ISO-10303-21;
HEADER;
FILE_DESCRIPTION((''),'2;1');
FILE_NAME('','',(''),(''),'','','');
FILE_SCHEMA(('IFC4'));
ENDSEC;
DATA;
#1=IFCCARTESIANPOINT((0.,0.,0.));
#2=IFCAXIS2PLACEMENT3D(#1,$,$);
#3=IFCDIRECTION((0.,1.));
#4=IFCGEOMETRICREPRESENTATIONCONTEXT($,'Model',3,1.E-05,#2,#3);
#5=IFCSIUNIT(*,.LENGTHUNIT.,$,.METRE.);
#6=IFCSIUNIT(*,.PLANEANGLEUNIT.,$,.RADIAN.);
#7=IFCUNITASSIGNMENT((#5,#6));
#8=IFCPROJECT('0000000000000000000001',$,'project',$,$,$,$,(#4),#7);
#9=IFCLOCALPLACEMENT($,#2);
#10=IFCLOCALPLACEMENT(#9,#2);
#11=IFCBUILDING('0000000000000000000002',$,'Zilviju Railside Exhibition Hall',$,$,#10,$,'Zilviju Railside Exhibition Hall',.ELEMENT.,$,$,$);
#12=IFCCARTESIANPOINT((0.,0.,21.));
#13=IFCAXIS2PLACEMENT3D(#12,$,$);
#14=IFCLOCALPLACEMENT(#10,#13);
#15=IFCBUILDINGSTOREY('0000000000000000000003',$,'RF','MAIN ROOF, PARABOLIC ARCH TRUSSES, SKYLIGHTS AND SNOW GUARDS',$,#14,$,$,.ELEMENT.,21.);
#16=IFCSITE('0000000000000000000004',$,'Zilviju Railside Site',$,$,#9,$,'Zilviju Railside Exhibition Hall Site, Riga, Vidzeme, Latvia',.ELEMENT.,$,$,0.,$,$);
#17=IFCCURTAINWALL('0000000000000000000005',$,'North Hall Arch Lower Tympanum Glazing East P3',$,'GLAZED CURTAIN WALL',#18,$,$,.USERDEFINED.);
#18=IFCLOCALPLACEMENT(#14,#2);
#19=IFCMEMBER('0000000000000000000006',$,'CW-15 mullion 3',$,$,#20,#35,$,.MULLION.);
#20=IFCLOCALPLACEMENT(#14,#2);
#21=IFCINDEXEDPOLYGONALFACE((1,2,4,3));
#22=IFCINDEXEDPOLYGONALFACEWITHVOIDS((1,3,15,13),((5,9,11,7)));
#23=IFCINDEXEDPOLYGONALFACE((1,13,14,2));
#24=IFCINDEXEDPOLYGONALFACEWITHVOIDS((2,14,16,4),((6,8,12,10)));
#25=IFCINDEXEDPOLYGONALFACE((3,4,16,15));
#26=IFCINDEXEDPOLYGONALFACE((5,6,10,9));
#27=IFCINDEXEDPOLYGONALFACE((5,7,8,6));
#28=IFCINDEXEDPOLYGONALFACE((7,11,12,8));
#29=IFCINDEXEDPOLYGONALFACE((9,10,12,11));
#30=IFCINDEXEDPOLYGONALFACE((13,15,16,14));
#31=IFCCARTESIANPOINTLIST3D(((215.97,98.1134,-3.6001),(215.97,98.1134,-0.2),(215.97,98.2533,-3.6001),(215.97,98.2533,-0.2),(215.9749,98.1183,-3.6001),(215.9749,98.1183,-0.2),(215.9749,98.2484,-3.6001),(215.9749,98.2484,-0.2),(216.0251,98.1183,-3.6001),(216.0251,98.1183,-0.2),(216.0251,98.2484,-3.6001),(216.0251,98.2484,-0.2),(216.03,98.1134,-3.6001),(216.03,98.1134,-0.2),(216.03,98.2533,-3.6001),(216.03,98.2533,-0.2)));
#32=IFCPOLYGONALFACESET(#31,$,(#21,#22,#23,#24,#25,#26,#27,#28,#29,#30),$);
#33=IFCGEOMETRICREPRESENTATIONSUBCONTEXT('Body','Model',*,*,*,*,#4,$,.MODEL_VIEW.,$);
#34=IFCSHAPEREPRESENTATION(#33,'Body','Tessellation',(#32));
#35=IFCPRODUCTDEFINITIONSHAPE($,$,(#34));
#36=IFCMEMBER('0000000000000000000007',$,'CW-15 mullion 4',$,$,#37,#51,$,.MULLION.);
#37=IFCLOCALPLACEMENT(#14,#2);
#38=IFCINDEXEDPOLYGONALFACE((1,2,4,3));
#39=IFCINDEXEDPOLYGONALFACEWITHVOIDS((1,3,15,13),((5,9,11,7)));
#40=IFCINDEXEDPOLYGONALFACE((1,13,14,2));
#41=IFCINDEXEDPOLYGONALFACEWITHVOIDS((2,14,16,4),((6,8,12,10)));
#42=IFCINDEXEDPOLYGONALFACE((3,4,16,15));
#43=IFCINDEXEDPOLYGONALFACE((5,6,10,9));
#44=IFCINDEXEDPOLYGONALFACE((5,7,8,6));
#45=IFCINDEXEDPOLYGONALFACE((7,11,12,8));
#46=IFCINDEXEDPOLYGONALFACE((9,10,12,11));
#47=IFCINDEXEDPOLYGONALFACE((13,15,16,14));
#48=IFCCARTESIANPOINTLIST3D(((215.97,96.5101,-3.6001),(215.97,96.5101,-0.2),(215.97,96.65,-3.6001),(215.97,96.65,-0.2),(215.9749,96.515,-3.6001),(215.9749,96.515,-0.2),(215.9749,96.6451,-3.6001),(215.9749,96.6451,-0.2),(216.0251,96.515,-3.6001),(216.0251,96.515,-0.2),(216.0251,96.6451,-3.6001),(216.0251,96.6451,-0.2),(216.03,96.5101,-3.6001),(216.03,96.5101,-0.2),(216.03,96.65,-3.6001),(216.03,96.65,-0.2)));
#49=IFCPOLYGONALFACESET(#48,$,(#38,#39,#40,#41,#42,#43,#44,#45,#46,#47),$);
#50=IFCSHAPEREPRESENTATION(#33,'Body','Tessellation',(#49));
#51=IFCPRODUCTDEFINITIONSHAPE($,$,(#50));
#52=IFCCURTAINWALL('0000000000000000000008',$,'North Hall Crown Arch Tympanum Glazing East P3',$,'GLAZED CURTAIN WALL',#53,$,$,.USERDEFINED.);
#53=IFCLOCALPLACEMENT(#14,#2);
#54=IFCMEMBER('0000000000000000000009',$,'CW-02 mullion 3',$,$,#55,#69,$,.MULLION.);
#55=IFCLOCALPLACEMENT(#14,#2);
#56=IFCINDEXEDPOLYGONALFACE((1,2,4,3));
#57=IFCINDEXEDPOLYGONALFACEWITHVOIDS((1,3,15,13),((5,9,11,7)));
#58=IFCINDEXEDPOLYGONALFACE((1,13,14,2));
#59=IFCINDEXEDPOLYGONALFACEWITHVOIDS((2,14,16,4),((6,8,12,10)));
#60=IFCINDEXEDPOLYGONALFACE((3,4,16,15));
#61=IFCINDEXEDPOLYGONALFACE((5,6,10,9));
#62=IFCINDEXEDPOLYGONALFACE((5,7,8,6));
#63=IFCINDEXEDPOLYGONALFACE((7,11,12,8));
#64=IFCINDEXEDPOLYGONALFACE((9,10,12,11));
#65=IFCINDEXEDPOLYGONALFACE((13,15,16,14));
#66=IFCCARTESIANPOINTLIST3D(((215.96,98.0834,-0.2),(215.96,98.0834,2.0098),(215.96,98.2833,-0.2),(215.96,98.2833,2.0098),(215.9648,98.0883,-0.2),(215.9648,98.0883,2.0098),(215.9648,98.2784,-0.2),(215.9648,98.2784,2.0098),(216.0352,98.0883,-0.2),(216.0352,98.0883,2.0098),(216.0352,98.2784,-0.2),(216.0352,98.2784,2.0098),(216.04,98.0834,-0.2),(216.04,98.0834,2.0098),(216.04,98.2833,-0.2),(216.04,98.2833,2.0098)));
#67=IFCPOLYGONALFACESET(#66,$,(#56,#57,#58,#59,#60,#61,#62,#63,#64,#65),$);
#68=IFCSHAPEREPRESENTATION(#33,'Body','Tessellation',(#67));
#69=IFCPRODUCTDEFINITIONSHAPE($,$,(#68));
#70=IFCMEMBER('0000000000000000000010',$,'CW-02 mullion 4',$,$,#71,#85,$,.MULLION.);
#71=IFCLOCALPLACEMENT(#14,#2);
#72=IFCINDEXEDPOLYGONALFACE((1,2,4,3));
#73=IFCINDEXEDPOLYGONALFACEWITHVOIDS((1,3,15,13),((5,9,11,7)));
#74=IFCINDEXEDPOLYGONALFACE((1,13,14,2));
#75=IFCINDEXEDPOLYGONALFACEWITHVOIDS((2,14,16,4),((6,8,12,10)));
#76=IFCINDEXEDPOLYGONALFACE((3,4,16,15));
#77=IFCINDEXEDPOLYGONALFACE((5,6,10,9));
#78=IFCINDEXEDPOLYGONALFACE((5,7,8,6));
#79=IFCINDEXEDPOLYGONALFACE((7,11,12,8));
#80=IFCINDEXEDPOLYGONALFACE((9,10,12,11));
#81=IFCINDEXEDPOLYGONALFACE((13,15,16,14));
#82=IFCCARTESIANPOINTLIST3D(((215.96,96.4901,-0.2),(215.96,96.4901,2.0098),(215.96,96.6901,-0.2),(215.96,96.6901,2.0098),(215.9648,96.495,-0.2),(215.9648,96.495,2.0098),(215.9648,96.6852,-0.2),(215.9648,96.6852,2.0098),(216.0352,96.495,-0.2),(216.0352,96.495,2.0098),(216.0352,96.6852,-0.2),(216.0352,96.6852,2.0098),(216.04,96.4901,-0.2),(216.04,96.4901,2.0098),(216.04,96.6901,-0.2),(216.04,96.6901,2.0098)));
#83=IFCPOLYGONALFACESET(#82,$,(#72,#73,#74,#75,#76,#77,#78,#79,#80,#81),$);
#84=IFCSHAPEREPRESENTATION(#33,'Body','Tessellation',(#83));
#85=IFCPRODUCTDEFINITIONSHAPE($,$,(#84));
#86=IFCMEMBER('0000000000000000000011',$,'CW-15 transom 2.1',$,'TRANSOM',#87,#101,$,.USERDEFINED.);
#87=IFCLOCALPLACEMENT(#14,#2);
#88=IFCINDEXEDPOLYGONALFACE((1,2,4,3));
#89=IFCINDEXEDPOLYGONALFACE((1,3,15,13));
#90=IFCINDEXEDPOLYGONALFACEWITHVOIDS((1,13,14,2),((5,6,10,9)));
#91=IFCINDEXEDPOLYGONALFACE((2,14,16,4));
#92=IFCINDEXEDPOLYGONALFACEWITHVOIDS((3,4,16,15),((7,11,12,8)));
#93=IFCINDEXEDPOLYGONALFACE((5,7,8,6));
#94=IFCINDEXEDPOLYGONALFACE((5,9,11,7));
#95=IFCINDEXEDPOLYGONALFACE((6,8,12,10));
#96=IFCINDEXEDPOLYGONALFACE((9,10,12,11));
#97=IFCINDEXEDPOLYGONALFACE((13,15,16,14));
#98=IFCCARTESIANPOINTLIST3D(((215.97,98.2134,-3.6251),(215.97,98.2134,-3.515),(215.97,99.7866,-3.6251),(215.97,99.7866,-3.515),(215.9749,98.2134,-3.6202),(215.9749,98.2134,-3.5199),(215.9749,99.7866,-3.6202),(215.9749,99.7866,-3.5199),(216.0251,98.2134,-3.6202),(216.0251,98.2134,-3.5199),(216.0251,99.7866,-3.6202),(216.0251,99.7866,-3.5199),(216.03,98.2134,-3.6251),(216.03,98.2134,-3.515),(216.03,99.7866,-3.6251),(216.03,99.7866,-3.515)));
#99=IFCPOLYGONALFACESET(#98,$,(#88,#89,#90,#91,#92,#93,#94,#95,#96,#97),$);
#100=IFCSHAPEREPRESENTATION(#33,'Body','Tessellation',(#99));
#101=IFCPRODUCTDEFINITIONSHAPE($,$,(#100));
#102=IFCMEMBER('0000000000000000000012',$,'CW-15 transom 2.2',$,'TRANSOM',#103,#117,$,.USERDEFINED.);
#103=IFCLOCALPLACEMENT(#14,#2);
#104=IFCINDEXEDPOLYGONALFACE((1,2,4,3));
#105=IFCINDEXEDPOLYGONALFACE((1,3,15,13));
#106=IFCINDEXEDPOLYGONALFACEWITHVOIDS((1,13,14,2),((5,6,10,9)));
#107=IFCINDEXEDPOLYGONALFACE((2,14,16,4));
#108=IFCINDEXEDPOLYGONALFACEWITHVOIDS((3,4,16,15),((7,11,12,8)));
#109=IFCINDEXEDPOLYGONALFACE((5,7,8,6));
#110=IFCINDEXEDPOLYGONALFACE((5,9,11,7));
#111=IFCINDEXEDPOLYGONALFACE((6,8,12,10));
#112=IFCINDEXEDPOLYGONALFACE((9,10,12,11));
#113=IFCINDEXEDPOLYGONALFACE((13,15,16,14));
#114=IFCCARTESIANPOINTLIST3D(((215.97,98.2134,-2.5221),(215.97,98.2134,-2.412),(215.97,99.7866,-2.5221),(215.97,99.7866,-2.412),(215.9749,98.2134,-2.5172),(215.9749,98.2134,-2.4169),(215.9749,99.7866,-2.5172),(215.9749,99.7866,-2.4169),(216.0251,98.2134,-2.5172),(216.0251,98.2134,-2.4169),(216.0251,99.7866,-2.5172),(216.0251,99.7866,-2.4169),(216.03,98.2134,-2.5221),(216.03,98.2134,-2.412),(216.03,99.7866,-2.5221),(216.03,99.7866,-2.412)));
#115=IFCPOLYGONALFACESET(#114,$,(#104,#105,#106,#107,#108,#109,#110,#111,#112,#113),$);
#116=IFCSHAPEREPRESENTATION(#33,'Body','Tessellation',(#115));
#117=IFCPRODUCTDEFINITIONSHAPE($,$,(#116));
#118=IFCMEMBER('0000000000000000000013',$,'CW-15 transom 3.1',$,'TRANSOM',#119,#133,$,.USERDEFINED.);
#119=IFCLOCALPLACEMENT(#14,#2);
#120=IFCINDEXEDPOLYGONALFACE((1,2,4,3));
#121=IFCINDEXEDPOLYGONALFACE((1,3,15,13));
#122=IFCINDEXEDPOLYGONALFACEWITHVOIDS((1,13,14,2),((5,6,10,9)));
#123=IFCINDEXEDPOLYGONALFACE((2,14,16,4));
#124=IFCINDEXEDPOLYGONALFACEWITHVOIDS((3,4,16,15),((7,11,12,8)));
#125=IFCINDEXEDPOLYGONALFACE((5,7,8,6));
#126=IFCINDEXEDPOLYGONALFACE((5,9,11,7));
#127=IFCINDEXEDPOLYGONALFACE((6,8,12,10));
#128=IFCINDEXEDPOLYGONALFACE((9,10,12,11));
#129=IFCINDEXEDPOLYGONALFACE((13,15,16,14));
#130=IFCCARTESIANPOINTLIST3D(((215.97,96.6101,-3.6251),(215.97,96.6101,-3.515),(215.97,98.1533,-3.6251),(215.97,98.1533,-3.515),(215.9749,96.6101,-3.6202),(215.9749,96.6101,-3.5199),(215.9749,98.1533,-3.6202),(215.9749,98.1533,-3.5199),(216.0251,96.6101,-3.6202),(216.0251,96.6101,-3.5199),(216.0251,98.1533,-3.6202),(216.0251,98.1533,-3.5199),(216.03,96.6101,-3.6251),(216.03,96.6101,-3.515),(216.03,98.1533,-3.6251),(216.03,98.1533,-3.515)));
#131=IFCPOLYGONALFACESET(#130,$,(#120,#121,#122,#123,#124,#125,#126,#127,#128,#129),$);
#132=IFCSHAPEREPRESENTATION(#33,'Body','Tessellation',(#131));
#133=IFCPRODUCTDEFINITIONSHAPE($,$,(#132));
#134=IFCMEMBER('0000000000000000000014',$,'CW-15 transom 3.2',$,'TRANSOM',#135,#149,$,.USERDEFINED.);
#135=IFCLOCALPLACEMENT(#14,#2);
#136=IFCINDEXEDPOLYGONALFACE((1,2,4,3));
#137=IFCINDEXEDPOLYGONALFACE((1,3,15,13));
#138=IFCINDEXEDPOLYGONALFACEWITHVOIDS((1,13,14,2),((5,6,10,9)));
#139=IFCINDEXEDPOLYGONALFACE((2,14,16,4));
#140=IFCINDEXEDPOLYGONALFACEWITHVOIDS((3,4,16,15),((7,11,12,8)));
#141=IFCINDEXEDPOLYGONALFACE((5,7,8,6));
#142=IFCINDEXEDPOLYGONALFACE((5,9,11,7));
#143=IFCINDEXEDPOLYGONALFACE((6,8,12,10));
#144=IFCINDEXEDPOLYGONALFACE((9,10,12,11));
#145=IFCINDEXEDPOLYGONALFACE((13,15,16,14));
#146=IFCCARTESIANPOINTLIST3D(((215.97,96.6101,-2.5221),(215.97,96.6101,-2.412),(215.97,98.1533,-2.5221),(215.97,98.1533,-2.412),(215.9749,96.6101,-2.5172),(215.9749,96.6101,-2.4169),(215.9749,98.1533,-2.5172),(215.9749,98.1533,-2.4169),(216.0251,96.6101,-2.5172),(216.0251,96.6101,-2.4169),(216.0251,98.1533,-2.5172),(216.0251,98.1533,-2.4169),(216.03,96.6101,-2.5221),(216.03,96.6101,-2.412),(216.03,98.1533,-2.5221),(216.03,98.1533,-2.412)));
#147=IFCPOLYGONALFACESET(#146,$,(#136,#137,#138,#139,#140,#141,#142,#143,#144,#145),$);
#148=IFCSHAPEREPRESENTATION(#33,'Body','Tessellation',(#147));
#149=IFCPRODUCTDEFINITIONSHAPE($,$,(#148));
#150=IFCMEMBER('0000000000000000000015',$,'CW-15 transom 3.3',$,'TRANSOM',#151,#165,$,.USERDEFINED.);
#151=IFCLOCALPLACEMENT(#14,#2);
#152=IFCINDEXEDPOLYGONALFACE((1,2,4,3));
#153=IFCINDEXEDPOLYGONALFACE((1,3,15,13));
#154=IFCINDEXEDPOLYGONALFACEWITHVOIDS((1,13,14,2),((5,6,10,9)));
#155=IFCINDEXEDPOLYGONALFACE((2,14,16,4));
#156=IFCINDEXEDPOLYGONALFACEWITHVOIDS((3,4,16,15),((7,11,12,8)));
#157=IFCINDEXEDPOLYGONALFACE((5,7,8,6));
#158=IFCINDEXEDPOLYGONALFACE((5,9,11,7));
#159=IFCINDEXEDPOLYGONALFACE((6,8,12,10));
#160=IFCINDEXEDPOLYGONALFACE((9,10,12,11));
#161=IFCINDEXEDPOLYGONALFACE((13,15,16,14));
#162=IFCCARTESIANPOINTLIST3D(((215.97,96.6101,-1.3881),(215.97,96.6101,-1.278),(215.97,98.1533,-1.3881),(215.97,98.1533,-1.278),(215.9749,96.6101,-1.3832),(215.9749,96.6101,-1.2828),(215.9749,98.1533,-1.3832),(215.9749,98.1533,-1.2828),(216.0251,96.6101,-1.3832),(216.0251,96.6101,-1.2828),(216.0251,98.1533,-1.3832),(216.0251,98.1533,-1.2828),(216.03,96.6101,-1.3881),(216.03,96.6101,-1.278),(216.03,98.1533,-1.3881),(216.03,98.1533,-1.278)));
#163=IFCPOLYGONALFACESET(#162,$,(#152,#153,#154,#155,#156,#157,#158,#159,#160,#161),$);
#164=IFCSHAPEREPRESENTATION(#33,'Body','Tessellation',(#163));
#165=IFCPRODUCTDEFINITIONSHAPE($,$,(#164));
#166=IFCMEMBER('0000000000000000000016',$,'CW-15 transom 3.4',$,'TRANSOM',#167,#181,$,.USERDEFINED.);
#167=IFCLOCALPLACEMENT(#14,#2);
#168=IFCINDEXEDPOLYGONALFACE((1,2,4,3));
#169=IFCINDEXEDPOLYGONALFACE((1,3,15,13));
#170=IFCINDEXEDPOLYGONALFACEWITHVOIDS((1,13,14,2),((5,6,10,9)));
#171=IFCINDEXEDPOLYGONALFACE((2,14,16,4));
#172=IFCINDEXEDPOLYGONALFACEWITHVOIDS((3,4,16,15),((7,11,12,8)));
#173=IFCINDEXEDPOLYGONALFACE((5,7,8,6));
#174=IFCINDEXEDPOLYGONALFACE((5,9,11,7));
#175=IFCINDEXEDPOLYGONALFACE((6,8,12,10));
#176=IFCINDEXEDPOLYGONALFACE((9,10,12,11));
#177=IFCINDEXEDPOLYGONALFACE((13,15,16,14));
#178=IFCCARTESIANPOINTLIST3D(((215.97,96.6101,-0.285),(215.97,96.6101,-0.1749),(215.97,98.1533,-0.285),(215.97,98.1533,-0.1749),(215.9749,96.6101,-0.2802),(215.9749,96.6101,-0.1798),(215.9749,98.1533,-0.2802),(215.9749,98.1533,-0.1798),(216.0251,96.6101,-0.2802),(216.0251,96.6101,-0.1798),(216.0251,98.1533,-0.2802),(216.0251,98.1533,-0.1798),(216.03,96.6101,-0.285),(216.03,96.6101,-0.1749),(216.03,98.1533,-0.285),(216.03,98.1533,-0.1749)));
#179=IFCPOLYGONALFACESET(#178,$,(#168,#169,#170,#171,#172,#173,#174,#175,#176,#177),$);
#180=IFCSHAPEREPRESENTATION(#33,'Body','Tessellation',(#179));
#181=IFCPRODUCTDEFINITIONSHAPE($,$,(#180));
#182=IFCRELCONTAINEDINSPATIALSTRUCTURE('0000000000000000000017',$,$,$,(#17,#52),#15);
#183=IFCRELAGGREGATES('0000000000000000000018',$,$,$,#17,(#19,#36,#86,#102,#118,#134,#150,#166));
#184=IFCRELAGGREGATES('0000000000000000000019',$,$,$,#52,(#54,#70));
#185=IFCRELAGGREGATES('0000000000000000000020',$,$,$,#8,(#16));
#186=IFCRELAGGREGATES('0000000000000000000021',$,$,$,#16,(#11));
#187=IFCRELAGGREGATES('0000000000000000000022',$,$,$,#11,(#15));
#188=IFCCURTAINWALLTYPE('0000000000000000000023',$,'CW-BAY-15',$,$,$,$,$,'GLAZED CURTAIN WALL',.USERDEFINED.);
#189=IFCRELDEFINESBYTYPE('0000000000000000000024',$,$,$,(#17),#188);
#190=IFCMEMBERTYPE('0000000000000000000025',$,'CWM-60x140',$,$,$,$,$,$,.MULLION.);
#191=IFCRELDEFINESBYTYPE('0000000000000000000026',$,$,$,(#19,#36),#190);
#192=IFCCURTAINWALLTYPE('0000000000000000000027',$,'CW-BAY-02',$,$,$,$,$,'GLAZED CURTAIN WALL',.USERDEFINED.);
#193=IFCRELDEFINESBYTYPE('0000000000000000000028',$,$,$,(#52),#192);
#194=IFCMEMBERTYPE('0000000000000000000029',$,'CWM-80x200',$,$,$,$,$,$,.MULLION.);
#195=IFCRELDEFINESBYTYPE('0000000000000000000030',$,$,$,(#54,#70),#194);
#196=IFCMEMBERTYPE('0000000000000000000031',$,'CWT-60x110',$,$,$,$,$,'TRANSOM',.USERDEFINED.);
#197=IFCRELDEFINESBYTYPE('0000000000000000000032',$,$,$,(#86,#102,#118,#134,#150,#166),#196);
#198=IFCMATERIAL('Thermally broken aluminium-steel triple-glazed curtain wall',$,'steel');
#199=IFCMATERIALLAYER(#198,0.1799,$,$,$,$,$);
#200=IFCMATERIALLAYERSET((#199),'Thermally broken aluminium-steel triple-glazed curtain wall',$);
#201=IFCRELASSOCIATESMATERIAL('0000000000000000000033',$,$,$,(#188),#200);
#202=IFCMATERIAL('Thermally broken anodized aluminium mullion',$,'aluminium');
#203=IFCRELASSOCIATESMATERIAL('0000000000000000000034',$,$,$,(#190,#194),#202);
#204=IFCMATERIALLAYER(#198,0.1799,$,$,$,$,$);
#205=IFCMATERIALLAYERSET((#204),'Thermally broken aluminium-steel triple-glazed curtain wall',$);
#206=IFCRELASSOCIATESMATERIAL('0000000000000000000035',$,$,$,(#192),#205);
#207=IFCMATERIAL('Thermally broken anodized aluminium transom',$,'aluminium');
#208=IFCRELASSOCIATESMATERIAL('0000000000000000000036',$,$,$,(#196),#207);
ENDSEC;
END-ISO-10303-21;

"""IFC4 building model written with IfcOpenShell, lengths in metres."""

from ifc_helpers import new_model, si_unit, direction, frame, origin, origin_2d, place, context, subcontext, project, spatial, hollow_rectangle, extrude, material, layer, layer_set, material_profile, profile_set, type_object, element, aggregate, save


model = new_model("IFC4")

# Units and contexts
model_context = context("Model", 3, precision=1e-05, world=origin(), true_north=direction((0.0, 1.0)))
body_context = subcontext(model_context, "Body", "Model", "MODEL_VIEW")
ifc_project = project(units=[si_unit("LENGTHUNIT", "METRE"), si_unit("PLANEANGLEUNIT", "RADIAN")], contexts=[model_context])

# Site, building, storey
site_placement = place(None, origin())
site = spatial("IfcSite", under=ifc_project, at=site_placement, Name="Zilviju Railside Site", LongName="Zilviju Railside Exhibition Hall Site, Riga, Vidzeme, Latvia", CompositionType="ELEMENT", RefElevation=0.0)
building_placement = place(site_placement, origin())
building = spatial("IfcBuilding", under=site, at=building_placement, Name="Zilviju Railside Exhibition Hall", LongName="Zilviju Railside Exhibition Hall", CompositionType="ELEMENT")
storey_placement = place(building_placement, frame((0.0, 0.0, 21.0)))
storey = spatial("IfcBuildingStorey", under=building, at=storey_placement, Name="RF", Description="MAIN ROOF, PARABOLIC ARCH TRUSSES, SKYLIGHTS AND SNOW GUARDS", CompositionType="ELEMENT", Elevation=21.0)

# Curtain walls, members
ifc_material_1 = material(Name="Thermally broken aluminium-steel triple-glazed curtain wall", Category="steel")
ifc_layer_1 = layer(ifc_material_1, 0.1799)
ifc_layer_set_1 = layer_set([ifc_layer_1], Name="Thermally broken aluminium-steel triple-glazed curtain wall")
curtain_wall_type_1 = type_object("IfcCurtainWallType", Name="CW-BAY-15", ElementType="GLAZED CURTAIN WALL", PredefinedType="USERDEFINED", material=ifc_layer_set_1)
curtain_wall_1_placement = place(storey_placement, origin())
curtain_wall_1 = element("IfcCurtainWall", 1, at=curtain_wall_1_placement, inside=storey, type_object=curtain_wall_type_1, Name="North Hall Arch Lower Tympanum Glazing East P3", ObjectType="GLAZED CURTAIN WALL", PredefinedType="USERDEFINED")
ifc_material_2 = material(Name="Thermally broken anodized aluminium mullion", Category="aluminium")
ifc_material_profile_1 = material_profile(ifc_material_2, hollow_rectangle(XDim=0.0601, YDim=0.1399, WallThickness=0.0049, at=origin_2d()), Name="MULLION 140x60x5")
ifc_profile_set_1 = profile_set([ifc_material_profile_1], Name="Thermally broken anodized aluminium mullion")
member_type_1 = type_object("IfcMemberType", Name="CWM-60x140", PredefinedType="MULLION", material=ifc_profile_set_1)
member_1_placement = place(storey_placement, frame((216.0, 98.1833, -3.6001), z_axis=(0.0, 0.0, 1.0), x_axis=(1.0, 0.0, 0.0)))
member_1 = element("IfcMember", 2, at=member_1_placement, type_object=member_type_1, Name="CW-15 mullion 3", PredefinedType="MULLION", context=body_context, shape_type="SweptSolid", body=[
    extrude(hollow_rectangle(XDim=0.0601, YDim=0.1399, WallThickness=0.0049, at=origin_2d()), origin(), (0.0, 0.0, 1.0), 3.4001),
])
member_2_placement = place(storey_placement, frame((216.0, 96.5801, -3.6001), z_axis=(0.0, 0.0, 1.0), x_axis=(1.0, 0.0, 0.0)))
member_2 = element("IfcMember", 3, at=member_2_placement, type_object=member_type_1, Name="CW-15 mullion 4", PredefinedType="MULLION", context=body_context, shape_type="SweptSolid", body=[
    extrude(hollow_rectangle(XDim=0.0601, YDim=0.1399, WallThickness=0.0049, at=origin_2d()), origin(), (0.0, 0.0, 1.0), 3.4001),
])
ifc_layer_2 = layer(ifc_material_1, 0.1799)
ifc_layer_set_2 = layer_set([ifc_layer_2], Name="Thermally broken aluminium-steel triple-glazed curtain wall")
curtain_wall_type_2 = type_object("IfcCurtainWallType", Name="CW-BAY-02", ElementType="GLAZED CURTAIN WALL", PredefinedType="USERDEFINED", material=ifc_layer_set_2)
curtain_wall_2_placement = place(storey_placement, origin())
curtain_wall_2 = element("IfcCurtainWall", 4, at=curtain_wall_2_placement, inside=storey, type_object=curtain_wall_type_2, Name="North Hall Crown Arch Tympanum Glazing East P3", ObjectType="GLAZED CURTAIN WALL", PredefinedType="USERDEFINED")
ifc_material_profile_2 = material_profile(ifc_material_2, hollow_rectangle(XDim=0.0801, YDim=0.2, WallThickness=0.0049, at=origin_2d()), Name="MULLION 200x80x5")
ifc_profile_set_2 = profile_set([ifc_material_profile_2], Name="Thermally broken anodized aluminium mullion")
member_type_2 = type_object("IfcMemberType", Name="CWM-80x200", PredefinedType="MULLION", material=ifc_profile_set_2)
member_3_placement = place(storey_placement, frame((216.0, 98.1833, -0.2), z_axis=(0.0, 0.0, 1.0), x_axis=(1.0, 0.0, 0.0)))
member_3 = element("IfcMember", 5, at=member_3_placement, type_object=member_type_2, Name="CW-02 mullion 3", PredefinedType="MULLION", context=body_context, shape_type="SweptSolid", body=[
    extrude(hollow_rectangle(XDim=0.0801, YDim=0.2, WallThickness=0.0049, at=origin_2d()), origin(), (0.0, 0.0, 1.0), 2.2097),
])
member_4_placement = place(storey_placement, frame((216.0, 96.5901, -0.2), z_axis=(0.0, 0.0, 1.0), x_axis=(1.0, 0.0, 0.0)))
member_4 = element("IfcMember", 6, at=member_4_placement, type_object=member_type_2, Name="CW-02 mullion 4", PredefinedType="MULLION", context=body_context, shape_type="SweptSolid", body=[
    extrude(hollow_rectangle(XDim=0.0801, YDim=0.2, WallThickness=0.0049, at=origin_2d()), origin(), (0.0, 0.0, 1.0), 2.2097),
])

# Members
ifc_material_3 = material(Name="Thermally broken anodized aluminium transom", Category="aluminium")
ifc_material_profile_3 = material_profile(ifc_material_3, hollow_rectangle(XDim=0.0601, YDim=0.1101, WallThickness=0.0049, at=origin_2d()), Name="TRANSOM 110x60x5")
ifc_profile_set_3 = profile_set([ifc_material_profile_3], Name="Thermally broken anodized aluminium transom")
member_type_3 = type_object("IfcMemberType", Name="CWT-60x110", ElementType="TRANSOM", PredefinedType="USERDEFINED", material=ifc_profile_set_3)
member_5_placement = place(storey_placement, frame((216.0, 99.7866, -3.5701), z_axis=(0.0, -1.0, 0.0), x_axis=(1.0, 0.0, 0.0)))
member_5 = element("IfcMember", 7, at=member_5_placement, type_object=member_type_3, Name="CW-15 transom 2.1", ObjectType="TRANSOM", PredefinedType="USERDEFINED", context=body_context, shape_type="SweptSolid", body=[
    extrude(hollow_rectangle(XDim=0.0601, YDim=0.1101, WallThickness=0.0049, at=origin_2d()), origin(), (0.0, 0.0, 1.0), 1.5732),
])
member_6_placement = place(storey_placement, frame((216.0, 99.7866, -2.467), z_axis=(0.0, -1.0, 0.0), x_axis=(1.0, 0.0, 0.0)))
member_6 = element("IfcMember", 8, at=member_6_placement, type_object=member_type_3, Name="CW-15 transom 2.2", ObjectType="TRANSOM", PredefinedType="USERDEFINED", context=body_context, shape_type="SweptSolid", body=[
    extrude(hollow_rectangle(XDim=0.0601, YDim=0.1101, WallThickness=0.0049, at=origin_2d()), origin(), (0.0, 0.0, 1.0), 1.5732),
])
member_7_placement = place(storey_placement, frame((216.0, 98.1533, -3.5701), z_axis=(0.0, -1.0, 0.0), x_axis=(1.0, 0.0, 0.0)))
member_7 = element("IfcMember", 9, at=member_7_placement, type_object=member_type_3, Name="CW-15 transom 3.1", ObjectType="TRANSOM", PredefinedType="USERDEFINED", context=body_context, shape_type="SweptSolid", body=[
    extrude(hollow_rectangle(XDim=0.0601, YDim=0.1101, WallThickness=0.0049, at=origin_2d()), origin(), (0.0, 0.0, 1.0), 1.5432),
])
member_8_placement = place(storey_placement, frame((216.0, 98.1533, -2.467), z_axis=(0.0, -1.0, 0.0), x_axis=(1.0, 0.0, 0.0)))
member_8 = element("IfcMember", 10, at=member_8_placement, type_object=member_type_3, Name="CW-15 transom 3.2", ObjectType="TRANSOM", PredefinedType="USERDEFINED", context=body_context, shape_type="SweptSolid", body=[
    extrude(hollow_rectangle(XDim=0.0601, YDim=0.1101, WallThickness=0.0049, at=origin_2d()), origin(), (0.0, 0.0, 1.0), 1.5432),
])
member_9_placement = place(storey_placement, frame((216.0, 98.1533, -1.333), z_axis=(0.0, -1.0, 0.0), x_axis=(1.0, 0.0, 0.0)))
member_9 = element("IfcMember", 11, at=member_9_placement, type_object=member_type_3, Name="CW-15 transom 3.3", ObjectType="TRANSOM", PredefinedType="USERDEFINED", context=body_context, shape_type="SweptSolid", body=[
    extrude(hollow_rectangle(XDim=0.0601, YDim=0.1101, WallThickness=0.0049, at=origin_2d()), origin(), (0.0, 0.0, 1.0), 1.5432),
])
member_10_placement = place(storey_placement, frame((216.0, 98.1533, -0.23), z_axis=(0.0, -1.0, 0.0), x_axis=(1.0, 0.0, 0.0)))
member_10 = element("IfcMember", 12, at=member_10_placement, type_object=member_type_3, Name="CW-15 transom 3.4", ObjectType="TRANSOM", PredefinedType="USERDEFINED", context=body_context, shape_type="SweptSolid", body=[
    extrude(hollow_rectangle(XDim=0.0601, YDim=0.1101, WallThickness=0.0049, at=origin_2d()), origin(), (0.0, 0.0, 1.0), 1.5432),
])

aggregate(curtain_wall_1, [member_1, member_2, member_5, member_6, member_7, member_8, member_9, member_10])
aggregate(curtain_wall_2, [member_3, member_4])

save(model, "model.ifc")
